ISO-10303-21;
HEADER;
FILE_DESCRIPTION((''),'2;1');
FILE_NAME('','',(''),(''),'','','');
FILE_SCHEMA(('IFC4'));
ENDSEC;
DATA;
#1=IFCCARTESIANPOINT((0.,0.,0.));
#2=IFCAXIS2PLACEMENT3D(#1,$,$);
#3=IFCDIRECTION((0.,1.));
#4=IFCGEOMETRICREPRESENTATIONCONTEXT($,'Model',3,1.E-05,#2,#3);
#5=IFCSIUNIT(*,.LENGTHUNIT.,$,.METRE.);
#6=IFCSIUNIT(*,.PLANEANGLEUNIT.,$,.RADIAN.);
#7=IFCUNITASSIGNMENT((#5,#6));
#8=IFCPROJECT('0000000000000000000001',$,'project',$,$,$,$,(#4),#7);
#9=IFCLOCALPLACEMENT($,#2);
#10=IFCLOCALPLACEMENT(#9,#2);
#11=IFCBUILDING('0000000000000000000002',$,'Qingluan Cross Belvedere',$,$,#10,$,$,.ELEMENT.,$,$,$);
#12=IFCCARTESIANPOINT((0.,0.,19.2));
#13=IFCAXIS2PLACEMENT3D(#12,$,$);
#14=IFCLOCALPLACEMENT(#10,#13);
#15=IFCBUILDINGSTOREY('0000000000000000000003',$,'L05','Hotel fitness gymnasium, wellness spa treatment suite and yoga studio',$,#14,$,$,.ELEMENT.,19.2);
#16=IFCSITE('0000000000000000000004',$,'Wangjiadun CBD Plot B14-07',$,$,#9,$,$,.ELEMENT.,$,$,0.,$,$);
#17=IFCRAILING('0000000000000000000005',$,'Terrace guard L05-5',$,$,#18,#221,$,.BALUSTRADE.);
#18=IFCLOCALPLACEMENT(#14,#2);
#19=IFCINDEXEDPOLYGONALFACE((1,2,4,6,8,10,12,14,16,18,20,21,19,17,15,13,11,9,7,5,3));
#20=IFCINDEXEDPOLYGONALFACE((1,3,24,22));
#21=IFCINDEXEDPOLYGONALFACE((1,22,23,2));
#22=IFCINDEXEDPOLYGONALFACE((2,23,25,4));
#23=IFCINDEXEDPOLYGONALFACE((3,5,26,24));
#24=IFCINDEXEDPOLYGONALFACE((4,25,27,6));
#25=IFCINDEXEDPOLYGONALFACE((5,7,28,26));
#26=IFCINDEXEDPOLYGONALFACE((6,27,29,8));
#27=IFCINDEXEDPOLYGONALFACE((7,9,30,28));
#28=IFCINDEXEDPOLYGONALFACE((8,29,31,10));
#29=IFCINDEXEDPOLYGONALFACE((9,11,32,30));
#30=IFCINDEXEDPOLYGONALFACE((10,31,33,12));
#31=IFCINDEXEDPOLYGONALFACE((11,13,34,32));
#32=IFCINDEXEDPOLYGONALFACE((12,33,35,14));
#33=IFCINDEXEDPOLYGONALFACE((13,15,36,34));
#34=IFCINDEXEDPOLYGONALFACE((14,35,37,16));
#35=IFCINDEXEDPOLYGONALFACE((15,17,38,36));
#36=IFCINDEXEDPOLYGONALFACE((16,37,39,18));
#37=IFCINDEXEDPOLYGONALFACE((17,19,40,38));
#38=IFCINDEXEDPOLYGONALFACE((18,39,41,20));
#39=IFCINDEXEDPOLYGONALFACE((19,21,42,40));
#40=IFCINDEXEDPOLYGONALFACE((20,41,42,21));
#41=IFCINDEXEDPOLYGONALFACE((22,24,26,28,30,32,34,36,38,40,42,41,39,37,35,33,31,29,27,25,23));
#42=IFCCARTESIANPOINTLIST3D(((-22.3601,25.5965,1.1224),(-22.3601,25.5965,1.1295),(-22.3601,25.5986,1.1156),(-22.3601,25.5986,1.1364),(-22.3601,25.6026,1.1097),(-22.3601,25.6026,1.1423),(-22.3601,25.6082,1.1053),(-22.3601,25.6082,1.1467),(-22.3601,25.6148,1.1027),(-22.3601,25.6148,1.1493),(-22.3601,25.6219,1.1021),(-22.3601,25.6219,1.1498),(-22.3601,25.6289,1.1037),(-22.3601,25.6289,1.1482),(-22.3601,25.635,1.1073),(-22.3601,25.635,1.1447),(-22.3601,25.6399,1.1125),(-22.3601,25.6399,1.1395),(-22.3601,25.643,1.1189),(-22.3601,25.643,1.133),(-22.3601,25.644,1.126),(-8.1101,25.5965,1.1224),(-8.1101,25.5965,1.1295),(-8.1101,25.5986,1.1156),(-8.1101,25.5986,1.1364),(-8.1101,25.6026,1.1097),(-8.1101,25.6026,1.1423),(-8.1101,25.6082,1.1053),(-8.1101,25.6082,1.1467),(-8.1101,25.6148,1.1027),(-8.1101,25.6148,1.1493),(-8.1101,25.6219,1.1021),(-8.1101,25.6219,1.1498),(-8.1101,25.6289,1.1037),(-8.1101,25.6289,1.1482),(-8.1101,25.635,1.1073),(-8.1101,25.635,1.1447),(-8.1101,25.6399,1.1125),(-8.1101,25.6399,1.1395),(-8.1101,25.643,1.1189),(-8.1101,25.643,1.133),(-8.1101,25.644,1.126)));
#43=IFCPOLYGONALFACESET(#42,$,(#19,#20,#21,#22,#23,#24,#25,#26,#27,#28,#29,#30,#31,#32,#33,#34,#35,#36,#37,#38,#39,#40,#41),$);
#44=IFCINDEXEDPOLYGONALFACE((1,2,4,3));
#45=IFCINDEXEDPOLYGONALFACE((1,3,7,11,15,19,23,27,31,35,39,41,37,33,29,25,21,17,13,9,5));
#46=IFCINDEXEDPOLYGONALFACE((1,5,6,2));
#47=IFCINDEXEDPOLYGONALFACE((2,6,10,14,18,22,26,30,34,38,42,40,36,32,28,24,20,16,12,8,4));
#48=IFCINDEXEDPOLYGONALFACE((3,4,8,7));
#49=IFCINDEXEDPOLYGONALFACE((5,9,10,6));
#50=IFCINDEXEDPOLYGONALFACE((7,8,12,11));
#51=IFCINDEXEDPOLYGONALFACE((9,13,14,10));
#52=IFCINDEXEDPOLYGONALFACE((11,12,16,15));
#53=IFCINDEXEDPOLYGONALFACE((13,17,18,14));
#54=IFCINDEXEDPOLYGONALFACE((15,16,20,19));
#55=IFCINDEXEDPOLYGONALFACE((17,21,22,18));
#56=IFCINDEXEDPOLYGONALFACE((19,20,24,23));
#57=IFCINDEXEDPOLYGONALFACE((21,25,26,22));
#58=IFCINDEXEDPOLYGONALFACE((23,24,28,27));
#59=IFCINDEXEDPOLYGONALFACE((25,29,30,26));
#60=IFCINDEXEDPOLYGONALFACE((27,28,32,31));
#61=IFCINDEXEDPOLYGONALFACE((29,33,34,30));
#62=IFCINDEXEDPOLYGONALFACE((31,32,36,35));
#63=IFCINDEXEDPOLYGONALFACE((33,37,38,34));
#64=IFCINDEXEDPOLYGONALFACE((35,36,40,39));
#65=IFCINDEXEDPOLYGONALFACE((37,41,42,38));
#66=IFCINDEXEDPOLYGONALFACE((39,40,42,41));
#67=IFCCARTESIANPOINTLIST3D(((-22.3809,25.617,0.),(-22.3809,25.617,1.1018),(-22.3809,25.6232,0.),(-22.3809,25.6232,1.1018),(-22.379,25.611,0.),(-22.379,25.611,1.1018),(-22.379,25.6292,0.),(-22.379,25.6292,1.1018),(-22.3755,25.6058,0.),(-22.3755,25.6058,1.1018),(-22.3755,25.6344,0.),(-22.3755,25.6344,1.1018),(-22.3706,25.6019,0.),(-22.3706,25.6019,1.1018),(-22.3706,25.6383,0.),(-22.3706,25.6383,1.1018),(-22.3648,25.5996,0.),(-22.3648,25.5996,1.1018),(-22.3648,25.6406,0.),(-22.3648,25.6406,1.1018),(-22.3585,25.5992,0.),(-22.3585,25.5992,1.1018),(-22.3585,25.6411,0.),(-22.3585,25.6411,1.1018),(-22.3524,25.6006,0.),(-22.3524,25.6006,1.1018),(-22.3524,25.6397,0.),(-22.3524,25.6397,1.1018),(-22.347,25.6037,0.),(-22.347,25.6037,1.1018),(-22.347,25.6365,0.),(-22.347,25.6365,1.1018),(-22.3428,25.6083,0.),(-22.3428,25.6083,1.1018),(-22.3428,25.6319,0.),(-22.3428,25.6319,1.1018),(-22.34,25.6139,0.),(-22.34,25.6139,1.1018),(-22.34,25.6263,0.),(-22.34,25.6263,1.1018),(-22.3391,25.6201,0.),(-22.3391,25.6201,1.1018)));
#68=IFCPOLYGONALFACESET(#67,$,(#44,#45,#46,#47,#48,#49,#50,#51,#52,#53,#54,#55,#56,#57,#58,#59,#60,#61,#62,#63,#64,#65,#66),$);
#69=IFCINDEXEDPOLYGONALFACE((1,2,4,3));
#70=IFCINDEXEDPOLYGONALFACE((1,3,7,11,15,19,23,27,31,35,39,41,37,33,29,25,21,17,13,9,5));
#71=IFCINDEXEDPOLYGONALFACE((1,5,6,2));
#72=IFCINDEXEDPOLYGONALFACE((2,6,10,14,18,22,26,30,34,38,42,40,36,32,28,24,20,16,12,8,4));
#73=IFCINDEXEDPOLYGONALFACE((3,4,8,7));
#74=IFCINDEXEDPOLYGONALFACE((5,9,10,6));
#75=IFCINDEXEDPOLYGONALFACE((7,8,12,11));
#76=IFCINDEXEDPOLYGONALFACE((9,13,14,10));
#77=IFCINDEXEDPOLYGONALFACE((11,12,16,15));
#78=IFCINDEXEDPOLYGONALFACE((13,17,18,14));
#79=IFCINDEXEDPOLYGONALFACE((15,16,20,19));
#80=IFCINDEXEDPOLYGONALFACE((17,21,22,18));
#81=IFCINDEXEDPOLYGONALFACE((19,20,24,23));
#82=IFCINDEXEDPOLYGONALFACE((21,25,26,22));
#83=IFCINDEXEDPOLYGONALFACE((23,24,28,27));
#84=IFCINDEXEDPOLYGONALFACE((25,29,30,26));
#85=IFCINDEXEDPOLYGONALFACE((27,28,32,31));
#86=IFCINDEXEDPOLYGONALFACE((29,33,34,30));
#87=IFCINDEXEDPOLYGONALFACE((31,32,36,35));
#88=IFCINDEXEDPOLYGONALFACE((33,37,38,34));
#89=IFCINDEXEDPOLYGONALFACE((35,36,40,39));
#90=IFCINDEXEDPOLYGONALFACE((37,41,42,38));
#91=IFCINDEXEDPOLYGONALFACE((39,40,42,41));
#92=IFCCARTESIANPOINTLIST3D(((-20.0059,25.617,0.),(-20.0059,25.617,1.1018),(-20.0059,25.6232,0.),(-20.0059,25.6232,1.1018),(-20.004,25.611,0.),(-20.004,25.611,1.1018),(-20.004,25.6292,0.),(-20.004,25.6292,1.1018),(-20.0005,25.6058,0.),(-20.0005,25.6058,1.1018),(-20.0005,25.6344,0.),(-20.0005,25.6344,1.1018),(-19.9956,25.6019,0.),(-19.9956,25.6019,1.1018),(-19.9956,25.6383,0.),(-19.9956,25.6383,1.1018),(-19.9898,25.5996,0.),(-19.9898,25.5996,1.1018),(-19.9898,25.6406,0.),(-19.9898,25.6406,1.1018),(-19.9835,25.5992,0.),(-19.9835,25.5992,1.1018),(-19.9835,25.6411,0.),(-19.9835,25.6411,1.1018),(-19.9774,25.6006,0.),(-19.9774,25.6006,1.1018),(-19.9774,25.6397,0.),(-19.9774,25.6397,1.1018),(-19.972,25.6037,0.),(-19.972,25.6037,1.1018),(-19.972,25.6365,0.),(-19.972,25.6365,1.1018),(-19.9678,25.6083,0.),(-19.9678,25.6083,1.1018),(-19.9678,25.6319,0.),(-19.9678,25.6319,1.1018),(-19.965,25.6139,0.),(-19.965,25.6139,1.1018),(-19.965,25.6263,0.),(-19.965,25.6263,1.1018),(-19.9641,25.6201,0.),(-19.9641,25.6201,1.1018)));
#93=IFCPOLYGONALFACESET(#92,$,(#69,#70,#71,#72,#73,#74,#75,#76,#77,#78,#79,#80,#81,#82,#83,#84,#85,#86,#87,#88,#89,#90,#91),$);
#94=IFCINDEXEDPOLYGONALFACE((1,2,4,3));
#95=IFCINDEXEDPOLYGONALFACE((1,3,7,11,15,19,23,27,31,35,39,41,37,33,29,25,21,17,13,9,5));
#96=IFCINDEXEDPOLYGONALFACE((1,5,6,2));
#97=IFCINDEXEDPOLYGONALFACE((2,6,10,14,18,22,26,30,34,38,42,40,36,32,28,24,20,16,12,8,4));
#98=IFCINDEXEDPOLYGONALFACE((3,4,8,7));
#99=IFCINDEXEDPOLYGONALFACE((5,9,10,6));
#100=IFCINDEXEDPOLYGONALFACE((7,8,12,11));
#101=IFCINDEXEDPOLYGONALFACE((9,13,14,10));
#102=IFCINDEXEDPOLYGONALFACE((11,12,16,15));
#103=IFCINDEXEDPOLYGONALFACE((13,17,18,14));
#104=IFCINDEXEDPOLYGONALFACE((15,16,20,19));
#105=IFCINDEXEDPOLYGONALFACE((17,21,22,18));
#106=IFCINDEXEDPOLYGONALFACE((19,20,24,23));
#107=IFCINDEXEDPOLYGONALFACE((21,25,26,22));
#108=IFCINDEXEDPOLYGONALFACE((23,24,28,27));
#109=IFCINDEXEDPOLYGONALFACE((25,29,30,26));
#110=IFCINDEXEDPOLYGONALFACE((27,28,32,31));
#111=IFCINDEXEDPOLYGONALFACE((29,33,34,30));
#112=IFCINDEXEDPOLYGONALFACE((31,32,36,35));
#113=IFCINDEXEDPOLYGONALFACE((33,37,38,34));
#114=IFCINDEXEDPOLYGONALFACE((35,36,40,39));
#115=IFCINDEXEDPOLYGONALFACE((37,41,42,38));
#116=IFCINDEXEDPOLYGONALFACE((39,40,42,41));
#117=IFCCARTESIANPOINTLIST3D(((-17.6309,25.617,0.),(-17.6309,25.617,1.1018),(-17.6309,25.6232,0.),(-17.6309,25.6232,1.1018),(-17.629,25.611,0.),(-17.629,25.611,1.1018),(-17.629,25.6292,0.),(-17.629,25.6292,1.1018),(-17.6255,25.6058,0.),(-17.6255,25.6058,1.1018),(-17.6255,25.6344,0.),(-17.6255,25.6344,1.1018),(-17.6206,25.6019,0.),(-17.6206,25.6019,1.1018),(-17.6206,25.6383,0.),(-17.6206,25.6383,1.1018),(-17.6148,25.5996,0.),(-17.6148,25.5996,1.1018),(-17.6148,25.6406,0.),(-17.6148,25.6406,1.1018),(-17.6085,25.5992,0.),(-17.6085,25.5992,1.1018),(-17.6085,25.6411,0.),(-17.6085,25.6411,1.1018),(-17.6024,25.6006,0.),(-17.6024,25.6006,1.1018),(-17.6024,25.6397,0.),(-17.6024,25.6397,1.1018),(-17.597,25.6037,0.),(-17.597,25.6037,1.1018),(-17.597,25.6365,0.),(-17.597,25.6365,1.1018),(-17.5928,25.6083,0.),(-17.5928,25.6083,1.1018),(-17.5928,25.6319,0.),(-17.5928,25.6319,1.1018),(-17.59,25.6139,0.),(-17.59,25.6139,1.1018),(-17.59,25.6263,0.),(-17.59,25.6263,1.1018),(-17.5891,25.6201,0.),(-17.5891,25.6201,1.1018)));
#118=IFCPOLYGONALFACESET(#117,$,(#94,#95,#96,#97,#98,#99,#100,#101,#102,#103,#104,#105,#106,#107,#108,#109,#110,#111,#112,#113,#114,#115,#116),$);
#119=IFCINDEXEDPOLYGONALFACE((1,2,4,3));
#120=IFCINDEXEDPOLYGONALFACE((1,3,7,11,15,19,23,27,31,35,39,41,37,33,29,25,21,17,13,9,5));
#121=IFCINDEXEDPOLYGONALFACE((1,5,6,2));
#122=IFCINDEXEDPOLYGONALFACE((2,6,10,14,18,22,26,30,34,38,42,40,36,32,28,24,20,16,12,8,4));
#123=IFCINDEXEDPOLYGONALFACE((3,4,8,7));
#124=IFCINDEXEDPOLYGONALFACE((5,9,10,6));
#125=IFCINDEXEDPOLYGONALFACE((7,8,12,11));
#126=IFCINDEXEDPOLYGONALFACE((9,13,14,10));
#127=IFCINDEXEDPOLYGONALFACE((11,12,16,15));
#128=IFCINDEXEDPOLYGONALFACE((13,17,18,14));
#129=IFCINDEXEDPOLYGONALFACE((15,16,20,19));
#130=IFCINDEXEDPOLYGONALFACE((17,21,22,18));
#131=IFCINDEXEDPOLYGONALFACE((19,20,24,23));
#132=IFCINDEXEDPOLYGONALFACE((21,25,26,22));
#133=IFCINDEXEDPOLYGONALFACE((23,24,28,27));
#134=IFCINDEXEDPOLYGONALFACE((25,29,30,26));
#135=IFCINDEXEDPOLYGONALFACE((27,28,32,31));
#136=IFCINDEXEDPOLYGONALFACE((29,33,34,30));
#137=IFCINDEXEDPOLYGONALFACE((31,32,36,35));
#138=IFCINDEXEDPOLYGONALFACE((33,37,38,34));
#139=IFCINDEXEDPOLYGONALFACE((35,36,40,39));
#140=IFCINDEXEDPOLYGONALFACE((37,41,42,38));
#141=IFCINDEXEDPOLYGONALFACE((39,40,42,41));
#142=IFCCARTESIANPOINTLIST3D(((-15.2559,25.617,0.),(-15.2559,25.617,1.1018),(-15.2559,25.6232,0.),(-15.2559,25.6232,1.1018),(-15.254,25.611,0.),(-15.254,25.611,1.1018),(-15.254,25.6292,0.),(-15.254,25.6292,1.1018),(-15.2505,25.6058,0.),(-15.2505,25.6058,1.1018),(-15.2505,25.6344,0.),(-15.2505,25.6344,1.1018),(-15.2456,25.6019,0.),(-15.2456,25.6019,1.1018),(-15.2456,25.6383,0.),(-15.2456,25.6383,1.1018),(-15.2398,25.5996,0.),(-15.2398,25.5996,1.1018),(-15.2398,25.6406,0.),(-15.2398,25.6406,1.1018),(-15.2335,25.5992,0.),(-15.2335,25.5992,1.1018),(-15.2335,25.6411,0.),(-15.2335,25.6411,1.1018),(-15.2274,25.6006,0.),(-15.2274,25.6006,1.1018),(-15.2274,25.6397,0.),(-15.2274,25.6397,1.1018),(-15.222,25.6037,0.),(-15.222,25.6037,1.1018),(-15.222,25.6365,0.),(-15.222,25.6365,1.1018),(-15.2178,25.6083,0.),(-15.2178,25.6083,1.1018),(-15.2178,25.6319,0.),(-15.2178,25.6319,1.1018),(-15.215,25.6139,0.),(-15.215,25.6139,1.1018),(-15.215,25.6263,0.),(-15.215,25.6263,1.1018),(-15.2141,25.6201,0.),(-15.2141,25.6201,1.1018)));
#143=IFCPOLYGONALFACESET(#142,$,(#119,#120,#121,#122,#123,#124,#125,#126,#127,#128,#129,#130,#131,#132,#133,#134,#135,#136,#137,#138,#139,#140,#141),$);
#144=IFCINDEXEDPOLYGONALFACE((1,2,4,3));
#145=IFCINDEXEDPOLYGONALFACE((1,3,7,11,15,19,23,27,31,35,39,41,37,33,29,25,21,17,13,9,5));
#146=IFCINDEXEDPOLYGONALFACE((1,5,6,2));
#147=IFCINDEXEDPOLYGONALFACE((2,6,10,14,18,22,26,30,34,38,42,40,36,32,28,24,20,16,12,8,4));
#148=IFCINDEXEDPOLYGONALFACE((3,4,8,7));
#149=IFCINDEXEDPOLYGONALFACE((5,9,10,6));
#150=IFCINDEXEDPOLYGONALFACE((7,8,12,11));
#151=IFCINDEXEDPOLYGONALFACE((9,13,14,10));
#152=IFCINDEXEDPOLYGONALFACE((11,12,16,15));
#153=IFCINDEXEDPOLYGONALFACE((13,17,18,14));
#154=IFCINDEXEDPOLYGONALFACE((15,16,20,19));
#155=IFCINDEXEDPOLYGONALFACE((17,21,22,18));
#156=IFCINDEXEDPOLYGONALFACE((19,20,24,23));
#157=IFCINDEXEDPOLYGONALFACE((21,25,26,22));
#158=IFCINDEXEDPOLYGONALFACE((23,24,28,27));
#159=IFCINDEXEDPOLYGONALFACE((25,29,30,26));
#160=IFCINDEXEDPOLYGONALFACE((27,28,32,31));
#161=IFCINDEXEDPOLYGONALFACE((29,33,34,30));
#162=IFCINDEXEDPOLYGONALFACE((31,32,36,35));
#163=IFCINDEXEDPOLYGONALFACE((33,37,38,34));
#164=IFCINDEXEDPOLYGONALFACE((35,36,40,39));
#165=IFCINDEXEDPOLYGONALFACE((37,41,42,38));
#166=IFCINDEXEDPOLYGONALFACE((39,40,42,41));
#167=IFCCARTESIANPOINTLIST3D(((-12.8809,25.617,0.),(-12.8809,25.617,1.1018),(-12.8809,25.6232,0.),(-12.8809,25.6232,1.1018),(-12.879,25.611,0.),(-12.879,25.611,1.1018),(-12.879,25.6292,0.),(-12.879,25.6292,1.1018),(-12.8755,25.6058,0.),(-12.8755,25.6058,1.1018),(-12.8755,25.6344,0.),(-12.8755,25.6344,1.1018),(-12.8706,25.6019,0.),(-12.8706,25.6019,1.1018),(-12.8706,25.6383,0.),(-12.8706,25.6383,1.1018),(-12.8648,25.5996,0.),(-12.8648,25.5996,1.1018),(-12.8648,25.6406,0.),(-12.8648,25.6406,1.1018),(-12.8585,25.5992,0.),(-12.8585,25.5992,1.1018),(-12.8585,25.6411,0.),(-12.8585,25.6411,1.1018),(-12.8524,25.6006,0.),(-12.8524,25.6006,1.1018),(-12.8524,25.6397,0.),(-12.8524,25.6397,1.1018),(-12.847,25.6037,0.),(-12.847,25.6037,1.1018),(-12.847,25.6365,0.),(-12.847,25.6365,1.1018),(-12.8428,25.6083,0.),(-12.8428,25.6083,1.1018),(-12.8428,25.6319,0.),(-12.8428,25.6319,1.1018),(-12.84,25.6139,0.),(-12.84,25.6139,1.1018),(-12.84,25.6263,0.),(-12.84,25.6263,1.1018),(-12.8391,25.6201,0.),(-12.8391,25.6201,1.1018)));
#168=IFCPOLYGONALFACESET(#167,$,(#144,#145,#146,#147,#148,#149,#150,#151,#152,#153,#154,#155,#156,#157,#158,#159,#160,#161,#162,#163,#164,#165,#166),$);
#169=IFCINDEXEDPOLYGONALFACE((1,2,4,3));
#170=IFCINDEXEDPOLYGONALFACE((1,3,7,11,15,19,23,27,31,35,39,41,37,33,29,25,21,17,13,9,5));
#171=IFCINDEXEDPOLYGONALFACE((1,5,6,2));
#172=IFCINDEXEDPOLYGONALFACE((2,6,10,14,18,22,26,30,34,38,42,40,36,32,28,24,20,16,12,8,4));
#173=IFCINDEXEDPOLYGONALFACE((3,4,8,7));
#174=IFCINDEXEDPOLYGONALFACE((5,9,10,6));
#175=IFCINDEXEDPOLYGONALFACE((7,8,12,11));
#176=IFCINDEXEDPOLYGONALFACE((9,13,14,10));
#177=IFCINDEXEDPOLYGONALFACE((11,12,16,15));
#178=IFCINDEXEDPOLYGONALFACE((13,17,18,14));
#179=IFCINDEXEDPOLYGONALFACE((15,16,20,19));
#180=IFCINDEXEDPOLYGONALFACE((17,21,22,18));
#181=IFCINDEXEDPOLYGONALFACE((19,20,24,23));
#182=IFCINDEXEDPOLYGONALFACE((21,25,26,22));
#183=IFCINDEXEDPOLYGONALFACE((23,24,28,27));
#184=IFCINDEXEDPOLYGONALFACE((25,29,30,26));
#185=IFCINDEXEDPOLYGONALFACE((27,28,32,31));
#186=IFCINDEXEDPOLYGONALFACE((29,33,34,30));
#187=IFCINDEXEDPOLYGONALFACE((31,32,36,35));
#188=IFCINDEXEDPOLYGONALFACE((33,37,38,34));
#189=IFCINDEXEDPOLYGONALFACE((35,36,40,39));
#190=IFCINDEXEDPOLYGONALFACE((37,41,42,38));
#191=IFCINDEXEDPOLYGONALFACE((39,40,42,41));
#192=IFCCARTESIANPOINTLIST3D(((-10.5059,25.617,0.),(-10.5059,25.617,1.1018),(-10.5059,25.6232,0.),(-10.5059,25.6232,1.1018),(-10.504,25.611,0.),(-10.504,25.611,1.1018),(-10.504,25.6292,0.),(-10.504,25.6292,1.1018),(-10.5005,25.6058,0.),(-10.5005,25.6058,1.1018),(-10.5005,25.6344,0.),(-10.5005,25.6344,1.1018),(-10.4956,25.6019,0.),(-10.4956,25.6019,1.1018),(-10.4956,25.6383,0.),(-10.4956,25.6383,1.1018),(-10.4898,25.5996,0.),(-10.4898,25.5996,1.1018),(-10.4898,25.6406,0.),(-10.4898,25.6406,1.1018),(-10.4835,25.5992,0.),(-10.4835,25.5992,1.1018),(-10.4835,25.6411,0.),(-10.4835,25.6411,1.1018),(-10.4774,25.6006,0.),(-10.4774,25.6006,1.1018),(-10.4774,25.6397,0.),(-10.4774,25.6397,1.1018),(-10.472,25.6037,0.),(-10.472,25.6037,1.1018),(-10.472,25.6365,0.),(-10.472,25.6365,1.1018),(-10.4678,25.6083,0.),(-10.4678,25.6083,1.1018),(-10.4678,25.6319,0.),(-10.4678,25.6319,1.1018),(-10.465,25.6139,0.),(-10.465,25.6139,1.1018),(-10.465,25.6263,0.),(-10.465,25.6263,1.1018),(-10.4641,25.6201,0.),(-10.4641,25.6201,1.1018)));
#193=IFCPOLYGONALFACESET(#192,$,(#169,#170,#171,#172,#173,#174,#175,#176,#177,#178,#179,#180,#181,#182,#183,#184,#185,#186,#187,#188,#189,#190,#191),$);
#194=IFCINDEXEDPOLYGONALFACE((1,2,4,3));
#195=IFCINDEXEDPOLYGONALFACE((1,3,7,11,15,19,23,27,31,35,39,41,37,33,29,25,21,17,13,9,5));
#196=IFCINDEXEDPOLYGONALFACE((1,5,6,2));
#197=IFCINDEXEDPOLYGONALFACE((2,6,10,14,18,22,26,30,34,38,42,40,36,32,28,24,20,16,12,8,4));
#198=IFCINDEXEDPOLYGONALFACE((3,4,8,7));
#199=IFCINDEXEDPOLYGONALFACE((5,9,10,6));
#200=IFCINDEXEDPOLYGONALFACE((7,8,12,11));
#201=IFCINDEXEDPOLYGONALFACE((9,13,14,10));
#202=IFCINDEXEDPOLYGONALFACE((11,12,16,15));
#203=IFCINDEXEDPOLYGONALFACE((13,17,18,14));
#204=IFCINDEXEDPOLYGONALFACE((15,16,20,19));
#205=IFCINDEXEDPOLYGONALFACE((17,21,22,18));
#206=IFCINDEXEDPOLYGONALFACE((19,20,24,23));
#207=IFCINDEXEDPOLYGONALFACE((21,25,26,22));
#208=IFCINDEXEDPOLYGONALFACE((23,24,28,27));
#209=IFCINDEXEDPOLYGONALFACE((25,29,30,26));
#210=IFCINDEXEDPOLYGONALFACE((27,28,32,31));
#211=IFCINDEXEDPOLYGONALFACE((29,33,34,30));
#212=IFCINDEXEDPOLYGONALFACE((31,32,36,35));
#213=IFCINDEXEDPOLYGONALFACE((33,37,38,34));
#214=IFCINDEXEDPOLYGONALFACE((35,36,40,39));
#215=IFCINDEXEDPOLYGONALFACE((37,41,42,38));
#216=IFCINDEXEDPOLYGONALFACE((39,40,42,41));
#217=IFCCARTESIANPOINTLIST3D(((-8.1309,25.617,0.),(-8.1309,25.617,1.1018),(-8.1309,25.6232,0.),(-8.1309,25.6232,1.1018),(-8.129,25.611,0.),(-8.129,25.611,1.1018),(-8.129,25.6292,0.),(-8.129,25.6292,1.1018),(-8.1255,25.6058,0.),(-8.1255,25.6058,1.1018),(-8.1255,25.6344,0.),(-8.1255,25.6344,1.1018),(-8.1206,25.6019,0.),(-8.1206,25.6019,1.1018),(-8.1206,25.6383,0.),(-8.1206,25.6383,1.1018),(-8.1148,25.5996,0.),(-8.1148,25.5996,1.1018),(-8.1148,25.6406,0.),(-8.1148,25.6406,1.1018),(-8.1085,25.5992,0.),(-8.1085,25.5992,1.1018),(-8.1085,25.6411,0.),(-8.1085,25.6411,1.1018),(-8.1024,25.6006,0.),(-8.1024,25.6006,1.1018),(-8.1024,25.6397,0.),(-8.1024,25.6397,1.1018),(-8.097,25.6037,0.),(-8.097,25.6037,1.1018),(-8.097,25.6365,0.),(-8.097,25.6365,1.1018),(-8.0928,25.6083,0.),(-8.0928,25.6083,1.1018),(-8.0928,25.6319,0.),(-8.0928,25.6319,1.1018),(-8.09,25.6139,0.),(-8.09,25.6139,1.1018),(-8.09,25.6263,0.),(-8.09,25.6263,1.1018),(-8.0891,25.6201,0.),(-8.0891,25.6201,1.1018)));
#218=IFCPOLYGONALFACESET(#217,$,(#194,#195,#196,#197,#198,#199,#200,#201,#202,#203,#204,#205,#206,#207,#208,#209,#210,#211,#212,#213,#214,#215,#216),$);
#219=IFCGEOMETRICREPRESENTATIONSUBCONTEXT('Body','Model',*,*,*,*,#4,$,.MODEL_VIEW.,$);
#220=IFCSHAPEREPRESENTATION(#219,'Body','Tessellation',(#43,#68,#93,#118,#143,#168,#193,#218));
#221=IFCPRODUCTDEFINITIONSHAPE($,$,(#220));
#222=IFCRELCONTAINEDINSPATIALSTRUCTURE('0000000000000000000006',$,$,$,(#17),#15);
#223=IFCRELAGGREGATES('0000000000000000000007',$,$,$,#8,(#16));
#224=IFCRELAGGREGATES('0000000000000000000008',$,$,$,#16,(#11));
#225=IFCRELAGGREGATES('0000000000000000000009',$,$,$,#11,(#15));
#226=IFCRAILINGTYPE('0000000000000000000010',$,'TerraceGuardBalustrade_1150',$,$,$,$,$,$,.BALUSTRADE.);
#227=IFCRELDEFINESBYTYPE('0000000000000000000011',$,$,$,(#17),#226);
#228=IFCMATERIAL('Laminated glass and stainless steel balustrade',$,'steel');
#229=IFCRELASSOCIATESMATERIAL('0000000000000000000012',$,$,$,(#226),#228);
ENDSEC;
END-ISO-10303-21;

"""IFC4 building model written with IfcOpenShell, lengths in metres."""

from ifc_helpers import new_model, si_unit, direction, frame, origin, origin_2d, place, context, subcontext, project, spatial, circle, extrude, material, type_object, element, save


model = new_model("IFC4")

# Units and contexts
model_context = context("Model", 3, precision=1e-05, world=origin(), true_north=direction((0.0, 1.0)))
body_context = subcontext(model_context, "Body", "Model", "MODEL_VIEW")
ifc_project = project(units=[si_unit("LENGTHUNIT", "METRE"), si_unit("PLANEANGLEUNIT", "RADIAN")], contexts=[model_context])

# Site, building, storey
site_placement = place(None, origin())
site = spatial("IfcSite", under=ifc_project, at=site_placement, Name="Wangjiadun CBD Plot B14-07", CompositionType="ELEMENT", RefElevation=0.0)
building_placement = place(site_placement, origin())
building = spatial("IfcBuilding", under=site, at=building_placement, Name="Qingluan Cross Belvedere", CompositionType="ELEMENT")
storey_placement = place(building_placement, frame((0.0, 0.0, 19.2)))
storey = spatial("IfcBuildingStorey", under=building, at=storey_placement, Name="L05", Description="Hotel fitness gymnasium, wellness spa treatment suite and yoga studio", CompositionType="ELEMENT", Elevation=19.2)

# Railing
ifc_material_1 = material(Name="Laminated glass and stainless steel balustrade", Category="steel")
railing_type = type_object("IfcRailingType", Name="TerraceGuardBalustrade_1150", PredefinedType="BALUSTRADE", material=ifc_material_1)
railing_1_placement = place(storey_placement, frame((-22.3601, 25.6201, 0.0)))
element("IfcRailing", 1, at=railing_1_placement, inside=storey, type_object=railing_type, Name="Terrace guard L05-5", PredefinedType="BALUSTRADE", context=body_context, shape_type="SweptSolid", body=[
    extrude(circle(Radius=0.0239, at=origin_2d()), frame((0.0, 0.0, 1.126), z_axis=(1.0, 0.0, 0.0), x_axis=(0.0, 1.0, 0.0)), (0.0, 0.0, 1.0), 14.25),
    extrude(circle(Radius=0.021, at=origin_2d()), origin(), (0.0, 0.0, 1.0), 1.1018),
    extrude(circle(Radius=0.021, at=origin_2d()), frame((2.375, 0.0, 0.0)), (0.0, 0.0, 1.0), 1.1018),
    extrude(circle(Radius=0.021, at=origin_2d()), frame((4.75, 0.0, 0.0)), (0.0, 0.0, 1.0), 1.1018),
    extrude(circle(Radius=0.021, at=origin_2d()), frame((7.125, 0.0, 0.0)), (0.0, 0.0, 1.0), 1.1018),
    extrude(circle(Radius=0.021, at=origin_2d()), frame((9.5, 0.0, 0.0)), (0.0, 0.0, 1.0), 1.1018),
    extrude(circle(Radius=0.021, at=origin_2d()), frame((11.875, 0.0, 0.0)), (0.0, 0.0, 1.0), 1.1018),
    extrude(circle(Radius=0.021, at=origin_2d()), frame((14.25, 0.0, 0.0)), (0.0, 0.0, 1.0), 1.1018),
])

save(model, "model.ifc")
